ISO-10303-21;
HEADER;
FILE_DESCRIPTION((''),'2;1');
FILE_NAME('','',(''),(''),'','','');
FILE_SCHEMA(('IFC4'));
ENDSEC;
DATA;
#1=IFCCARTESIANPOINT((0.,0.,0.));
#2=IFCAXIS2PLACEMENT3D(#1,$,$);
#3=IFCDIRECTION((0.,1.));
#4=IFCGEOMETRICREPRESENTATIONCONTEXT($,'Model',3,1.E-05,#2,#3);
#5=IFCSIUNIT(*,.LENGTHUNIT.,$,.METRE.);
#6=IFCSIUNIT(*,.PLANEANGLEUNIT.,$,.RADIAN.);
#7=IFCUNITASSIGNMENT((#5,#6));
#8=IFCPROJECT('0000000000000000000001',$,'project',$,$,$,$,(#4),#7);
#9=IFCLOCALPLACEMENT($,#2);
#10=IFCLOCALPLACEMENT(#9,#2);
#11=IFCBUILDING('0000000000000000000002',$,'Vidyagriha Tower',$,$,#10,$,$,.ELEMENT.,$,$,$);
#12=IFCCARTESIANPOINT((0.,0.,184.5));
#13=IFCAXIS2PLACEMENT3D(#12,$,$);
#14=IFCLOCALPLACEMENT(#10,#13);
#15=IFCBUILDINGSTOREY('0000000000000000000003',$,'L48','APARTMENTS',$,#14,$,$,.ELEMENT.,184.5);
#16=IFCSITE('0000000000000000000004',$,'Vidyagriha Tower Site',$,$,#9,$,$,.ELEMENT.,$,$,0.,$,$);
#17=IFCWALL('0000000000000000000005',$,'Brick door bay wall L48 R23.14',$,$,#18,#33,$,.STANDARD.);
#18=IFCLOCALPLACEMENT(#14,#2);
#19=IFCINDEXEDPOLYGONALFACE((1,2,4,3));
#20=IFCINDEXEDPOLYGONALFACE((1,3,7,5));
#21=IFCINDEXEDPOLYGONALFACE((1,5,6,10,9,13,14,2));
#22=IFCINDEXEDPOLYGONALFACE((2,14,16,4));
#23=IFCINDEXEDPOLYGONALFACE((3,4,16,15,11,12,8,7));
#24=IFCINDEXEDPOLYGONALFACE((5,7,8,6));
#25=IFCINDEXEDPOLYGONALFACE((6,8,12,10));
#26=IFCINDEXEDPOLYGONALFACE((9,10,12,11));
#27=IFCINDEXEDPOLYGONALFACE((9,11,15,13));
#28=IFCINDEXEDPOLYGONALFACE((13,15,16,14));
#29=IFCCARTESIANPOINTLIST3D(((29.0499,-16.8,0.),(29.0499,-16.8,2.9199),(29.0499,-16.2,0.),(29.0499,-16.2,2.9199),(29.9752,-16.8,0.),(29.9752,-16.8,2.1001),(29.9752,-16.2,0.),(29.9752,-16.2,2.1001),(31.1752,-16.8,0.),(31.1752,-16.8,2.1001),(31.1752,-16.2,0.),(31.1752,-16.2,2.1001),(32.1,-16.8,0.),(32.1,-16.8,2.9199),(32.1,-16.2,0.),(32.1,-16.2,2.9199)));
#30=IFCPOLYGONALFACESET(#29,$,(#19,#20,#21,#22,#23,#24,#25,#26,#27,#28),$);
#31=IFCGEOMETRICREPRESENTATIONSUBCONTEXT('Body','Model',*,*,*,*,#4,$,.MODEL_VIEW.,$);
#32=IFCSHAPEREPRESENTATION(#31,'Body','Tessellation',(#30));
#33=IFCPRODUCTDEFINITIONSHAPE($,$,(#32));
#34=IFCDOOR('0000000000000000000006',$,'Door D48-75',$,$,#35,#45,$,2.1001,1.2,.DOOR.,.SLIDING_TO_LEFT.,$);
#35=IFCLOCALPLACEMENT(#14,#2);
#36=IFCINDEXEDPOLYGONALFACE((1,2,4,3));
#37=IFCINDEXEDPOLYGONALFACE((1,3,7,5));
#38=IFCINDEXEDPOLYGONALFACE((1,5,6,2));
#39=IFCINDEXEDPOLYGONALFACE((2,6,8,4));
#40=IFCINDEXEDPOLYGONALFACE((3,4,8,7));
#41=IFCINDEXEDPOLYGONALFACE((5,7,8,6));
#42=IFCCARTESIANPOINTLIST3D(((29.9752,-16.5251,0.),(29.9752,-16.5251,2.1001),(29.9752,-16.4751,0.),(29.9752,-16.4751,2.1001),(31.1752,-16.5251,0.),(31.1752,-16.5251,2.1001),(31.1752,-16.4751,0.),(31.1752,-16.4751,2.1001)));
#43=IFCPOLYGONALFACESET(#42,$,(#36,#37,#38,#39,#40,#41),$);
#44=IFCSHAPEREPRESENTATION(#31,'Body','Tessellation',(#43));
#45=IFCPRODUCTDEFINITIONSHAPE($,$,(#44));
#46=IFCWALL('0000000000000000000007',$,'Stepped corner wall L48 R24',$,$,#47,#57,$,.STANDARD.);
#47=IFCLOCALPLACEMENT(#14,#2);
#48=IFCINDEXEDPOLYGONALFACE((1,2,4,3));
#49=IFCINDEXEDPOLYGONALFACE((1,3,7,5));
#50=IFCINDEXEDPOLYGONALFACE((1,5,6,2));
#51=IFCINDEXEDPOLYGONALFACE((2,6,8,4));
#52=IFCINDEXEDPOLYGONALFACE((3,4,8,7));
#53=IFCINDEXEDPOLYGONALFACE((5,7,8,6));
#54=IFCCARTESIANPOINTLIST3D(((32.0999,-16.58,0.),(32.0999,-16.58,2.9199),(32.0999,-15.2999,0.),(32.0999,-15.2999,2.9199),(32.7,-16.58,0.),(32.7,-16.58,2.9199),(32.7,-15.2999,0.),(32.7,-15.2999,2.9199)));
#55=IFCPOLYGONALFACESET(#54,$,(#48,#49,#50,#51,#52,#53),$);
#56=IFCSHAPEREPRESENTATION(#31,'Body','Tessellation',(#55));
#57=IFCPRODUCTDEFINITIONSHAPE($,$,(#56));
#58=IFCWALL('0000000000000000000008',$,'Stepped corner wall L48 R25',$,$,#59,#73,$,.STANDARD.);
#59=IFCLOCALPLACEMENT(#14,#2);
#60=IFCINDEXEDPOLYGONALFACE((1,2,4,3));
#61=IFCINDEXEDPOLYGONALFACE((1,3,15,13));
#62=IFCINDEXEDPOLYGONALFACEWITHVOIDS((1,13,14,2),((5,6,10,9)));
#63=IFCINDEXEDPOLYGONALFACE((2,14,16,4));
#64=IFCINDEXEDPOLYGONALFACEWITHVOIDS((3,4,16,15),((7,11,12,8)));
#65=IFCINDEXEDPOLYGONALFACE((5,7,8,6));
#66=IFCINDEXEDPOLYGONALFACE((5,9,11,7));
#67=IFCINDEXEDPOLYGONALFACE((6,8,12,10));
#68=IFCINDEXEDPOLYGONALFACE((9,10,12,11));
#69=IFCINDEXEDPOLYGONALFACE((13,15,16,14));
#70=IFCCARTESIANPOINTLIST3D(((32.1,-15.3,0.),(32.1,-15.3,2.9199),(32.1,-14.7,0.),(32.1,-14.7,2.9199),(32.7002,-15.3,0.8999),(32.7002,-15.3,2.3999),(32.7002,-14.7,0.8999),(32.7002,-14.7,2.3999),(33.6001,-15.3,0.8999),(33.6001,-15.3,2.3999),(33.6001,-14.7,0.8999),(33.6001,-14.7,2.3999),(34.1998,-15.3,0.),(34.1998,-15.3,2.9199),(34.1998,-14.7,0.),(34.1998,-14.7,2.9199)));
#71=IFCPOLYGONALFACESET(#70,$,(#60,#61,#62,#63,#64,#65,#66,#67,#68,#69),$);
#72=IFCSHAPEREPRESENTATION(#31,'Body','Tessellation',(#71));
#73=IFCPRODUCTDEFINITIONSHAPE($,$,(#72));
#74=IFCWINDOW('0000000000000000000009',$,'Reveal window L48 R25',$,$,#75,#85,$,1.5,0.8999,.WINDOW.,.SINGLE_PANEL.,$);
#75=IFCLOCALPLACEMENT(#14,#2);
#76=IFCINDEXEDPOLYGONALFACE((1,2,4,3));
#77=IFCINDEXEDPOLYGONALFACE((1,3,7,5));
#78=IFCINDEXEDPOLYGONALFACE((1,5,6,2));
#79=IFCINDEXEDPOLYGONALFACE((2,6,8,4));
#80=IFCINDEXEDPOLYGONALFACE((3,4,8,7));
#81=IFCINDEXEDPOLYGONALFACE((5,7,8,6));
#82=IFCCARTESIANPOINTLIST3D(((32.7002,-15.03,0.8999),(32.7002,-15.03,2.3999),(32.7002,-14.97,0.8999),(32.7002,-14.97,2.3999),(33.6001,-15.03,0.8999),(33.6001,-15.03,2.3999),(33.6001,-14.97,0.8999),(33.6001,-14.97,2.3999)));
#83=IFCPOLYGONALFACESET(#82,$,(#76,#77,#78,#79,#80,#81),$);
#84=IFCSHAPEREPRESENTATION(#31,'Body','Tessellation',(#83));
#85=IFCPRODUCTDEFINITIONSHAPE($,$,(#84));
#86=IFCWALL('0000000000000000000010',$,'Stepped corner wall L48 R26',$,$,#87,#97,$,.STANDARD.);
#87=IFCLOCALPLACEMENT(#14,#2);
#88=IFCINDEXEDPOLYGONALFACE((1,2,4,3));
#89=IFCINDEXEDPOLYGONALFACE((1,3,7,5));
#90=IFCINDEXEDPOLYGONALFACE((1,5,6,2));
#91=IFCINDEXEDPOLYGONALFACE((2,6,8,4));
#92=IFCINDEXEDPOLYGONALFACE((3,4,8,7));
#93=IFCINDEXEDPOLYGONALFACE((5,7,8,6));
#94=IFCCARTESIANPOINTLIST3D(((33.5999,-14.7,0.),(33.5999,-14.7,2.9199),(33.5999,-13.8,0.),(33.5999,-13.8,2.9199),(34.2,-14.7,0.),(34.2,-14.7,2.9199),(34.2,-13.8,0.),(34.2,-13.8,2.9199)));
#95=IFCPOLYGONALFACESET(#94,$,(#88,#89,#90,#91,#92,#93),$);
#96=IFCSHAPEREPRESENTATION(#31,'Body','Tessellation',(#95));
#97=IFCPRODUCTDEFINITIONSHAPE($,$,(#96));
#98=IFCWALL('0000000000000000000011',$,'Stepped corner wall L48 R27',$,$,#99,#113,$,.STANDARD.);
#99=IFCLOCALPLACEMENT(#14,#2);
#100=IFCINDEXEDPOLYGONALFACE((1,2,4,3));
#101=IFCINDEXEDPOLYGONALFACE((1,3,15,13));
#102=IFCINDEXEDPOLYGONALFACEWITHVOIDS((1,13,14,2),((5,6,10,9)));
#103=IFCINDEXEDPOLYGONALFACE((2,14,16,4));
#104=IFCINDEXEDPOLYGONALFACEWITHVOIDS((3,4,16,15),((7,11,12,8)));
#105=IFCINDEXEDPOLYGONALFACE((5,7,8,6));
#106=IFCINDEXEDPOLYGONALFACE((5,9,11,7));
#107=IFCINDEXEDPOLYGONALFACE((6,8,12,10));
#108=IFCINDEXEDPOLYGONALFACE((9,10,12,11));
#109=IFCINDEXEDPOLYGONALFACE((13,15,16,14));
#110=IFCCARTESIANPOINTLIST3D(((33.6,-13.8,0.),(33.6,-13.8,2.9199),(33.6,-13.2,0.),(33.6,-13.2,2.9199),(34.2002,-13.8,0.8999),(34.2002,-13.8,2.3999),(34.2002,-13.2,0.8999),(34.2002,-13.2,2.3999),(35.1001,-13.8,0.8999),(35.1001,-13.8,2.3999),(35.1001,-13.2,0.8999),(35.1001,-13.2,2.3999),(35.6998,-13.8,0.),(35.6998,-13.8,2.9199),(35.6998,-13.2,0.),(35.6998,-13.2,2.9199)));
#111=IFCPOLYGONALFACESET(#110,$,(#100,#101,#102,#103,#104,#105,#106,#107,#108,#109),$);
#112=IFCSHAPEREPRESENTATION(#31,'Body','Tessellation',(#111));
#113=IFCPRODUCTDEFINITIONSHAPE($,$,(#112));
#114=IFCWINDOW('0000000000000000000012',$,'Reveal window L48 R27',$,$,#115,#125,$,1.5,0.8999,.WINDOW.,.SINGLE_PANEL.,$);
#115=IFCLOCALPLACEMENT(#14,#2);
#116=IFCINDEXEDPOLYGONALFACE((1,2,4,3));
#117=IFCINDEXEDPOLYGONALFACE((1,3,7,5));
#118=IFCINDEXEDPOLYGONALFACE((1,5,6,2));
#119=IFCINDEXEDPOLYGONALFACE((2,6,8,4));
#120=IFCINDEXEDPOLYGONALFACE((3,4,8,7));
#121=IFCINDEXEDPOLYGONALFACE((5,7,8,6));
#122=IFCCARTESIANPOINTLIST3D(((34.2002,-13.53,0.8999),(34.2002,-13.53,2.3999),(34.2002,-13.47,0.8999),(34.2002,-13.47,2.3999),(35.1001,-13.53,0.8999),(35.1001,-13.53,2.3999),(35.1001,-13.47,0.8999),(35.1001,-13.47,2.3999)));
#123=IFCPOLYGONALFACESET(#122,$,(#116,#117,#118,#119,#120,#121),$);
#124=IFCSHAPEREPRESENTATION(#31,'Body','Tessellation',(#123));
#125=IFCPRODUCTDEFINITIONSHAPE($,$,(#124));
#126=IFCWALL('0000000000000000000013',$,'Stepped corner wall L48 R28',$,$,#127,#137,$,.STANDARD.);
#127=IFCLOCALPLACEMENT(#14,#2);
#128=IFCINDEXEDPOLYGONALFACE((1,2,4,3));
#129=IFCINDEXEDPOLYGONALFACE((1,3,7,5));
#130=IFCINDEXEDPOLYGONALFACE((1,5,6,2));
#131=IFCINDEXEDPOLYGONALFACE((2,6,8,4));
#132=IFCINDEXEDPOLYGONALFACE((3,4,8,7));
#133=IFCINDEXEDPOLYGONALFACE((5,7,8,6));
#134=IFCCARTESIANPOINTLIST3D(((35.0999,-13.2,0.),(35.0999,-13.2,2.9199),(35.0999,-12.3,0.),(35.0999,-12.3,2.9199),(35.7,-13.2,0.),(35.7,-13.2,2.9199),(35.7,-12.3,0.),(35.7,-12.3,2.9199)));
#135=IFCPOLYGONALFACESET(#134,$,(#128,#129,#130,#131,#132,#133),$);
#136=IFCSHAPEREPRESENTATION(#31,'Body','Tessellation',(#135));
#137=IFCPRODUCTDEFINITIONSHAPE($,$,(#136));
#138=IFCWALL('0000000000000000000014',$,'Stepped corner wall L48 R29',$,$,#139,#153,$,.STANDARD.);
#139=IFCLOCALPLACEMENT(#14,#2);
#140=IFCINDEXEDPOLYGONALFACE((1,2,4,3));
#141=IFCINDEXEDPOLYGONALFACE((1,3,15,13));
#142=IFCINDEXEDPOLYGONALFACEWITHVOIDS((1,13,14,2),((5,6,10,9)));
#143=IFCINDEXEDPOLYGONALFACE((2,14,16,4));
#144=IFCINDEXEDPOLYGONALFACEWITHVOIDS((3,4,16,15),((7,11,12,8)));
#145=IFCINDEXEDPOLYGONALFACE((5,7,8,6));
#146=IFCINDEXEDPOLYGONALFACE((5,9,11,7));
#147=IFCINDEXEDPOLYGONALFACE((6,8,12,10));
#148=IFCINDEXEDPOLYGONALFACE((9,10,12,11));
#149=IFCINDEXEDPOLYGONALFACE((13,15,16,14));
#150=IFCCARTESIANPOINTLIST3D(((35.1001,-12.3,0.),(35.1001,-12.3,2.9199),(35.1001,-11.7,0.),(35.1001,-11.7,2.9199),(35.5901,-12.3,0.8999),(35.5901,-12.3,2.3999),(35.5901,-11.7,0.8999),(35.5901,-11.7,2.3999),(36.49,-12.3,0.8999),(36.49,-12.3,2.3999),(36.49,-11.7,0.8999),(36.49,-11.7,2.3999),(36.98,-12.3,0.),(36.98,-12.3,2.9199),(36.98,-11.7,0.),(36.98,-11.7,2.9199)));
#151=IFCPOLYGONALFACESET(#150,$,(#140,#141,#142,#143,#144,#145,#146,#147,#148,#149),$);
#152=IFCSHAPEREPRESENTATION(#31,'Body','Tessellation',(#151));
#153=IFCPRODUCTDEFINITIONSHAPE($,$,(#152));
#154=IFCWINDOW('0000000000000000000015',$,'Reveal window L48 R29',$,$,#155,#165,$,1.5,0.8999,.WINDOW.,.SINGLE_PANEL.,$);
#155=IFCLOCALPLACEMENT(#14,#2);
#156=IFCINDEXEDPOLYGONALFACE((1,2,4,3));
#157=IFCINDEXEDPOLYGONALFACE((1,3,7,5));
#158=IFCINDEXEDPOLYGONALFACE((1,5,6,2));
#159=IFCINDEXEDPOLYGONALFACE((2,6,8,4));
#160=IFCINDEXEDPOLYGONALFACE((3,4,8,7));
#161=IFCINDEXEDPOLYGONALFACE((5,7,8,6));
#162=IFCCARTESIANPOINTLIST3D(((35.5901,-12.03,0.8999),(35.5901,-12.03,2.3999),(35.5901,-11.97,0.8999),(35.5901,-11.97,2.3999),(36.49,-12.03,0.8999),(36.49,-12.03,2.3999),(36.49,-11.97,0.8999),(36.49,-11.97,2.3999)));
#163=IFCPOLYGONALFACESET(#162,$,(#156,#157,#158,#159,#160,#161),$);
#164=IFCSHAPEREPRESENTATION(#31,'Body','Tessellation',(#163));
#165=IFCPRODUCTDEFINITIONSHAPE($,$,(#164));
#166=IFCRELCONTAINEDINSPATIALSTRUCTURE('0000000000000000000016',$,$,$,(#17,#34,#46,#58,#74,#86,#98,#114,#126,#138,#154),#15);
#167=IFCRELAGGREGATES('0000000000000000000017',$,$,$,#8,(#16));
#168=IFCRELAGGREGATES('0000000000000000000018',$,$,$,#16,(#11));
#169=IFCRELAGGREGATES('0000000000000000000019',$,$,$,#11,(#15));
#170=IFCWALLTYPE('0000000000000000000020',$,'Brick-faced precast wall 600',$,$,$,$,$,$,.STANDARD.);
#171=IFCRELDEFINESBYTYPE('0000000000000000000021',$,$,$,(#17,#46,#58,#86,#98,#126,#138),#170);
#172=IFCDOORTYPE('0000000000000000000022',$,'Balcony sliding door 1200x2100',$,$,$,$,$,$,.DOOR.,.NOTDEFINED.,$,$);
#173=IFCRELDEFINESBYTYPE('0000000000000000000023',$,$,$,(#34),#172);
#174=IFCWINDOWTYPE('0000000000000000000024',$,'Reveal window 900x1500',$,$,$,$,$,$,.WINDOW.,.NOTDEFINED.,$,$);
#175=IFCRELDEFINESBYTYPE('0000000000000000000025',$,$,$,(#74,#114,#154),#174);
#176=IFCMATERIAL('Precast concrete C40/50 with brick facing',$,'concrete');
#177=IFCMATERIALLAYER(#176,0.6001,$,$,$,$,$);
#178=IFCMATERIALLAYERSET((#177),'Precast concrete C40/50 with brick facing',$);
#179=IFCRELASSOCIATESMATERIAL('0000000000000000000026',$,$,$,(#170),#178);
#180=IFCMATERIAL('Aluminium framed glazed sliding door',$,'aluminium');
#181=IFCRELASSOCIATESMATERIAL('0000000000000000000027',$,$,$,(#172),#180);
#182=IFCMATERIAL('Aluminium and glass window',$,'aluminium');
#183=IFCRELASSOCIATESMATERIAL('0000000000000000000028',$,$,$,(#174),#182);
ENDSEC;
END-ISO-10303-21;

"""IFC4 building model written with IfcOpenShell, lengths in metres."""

from ifc_helpers import new_model, si_unit, direction, frame, frame_2d, origin, place, context, subcontext, project, spatial, rectangle, extrude, material, layer, layer_set, type_object, element, fill, save


model = new_model("IFC4")

# Units and contexts
model_context = context("Model", 3, precision=1e-05, world=origin(), true_north=direction((0.0, 1.0)))
body_context = subcontext(model_context, "Body", "Model", "MODEL_VIEW")
ifc_project = project(units=[si_unit("LENGTHUNIT", "METRE"), si_unit("PLANEANGLEUNIT", "RADIAN")], contexts=[model_context])

# Site, building, storey
site_placement = place(None, origin())
site = spatial("IfcSite", under=ifc_project, at=site_placement, Name="Vidyagriha Tower Site", CompositionType="ELEMENT", RefElevation=0.0)
building_placement = place(site_placement, origin())
building = spatial("IfcBuilding", under=site, at=building_placement, Name="Vidyagriha Tower", CompositionType="ELEMENT")
storey_placement = place(building_placement, frame((0.0, 0.0, 184.5)))
storey = spatial("IfcBuildingStorey", under=building, at=storey_placement, Name="L48", Description="APARTMENTS", CompositionType="ELEMENT", Elevation=184.5)

# Wall, opening, door
ifc_material_1 = material(Name="Precast concrete C40/50 with brick facing", Category="concrete")
ifc_layer_1 = layer(ifc_material_1, 0.6001)
ifc_layer_set_1 = layer_set([ifc_layer_1], Name="Precast concrete C40/50 with brick facing")
wall_type = type_object("IfcWallType", Name="Brick-faced precast wall 600", PredefinedType="STANDARD", material=ifc_layer_set_1)
wall_1_placement = place(storey_placement, frame((29.05, -16.5, 0.0)))
wall_1 = element("IfcWall", 1, at=wall_1_placement, inside=storey, type_object=wall_type, Name="Brick door bay wall L48 R23.14", PredefinedType="STANDARD", context=body_context, shape_type="SweptSolid", body=[
    extrude(rectangle(XDim=3.05, YDim=0.6001, at=frame_2d((1.5249, 0.0))), origin(), (0.0, 0.0, 1.0), 2.9199),
])
opening_1_placement = place(wall_1_placement, frame((0.925, 0.0, 0.0)))
opening_1 = element("IfcOpeningElement", 2, at=opening_1_placement, cuts=wall_1, PredefinedType="OPENING", context=body_context, shape_type="SweptSolid", body=[
    extrude(rectangle(XDim=1.2, YDim=2.1001, at=frame_2d((0.6001, 1.05))), frame((0.0, 0.3101, 0.0), z_axis=(0.0, -1.0, 0.0), x_axis=(1.0, 0.0, 0.0)), (0.0, 0.0, 1.0), 0.6201),
])
ifc_material_2 = material(Name="Aluminium framed glazed sliding door", Category="aluminium")
door_type = type_object("IfcDoorType", Name="Balcony sliding door 1200x2100", OperationType="NOTDEFINED", PredefinedType="DOOR", material=ifc_material_2)
door_placement = place(opening_1_placement, origin())
door = element("IfcDoor", 3, at=door_placement, inside=storey, type_object=door_type, Name="Door D48-75", OperationType="SLIDING_TO_LEFT", OverallHeight=2.1001, OverallWidth=1.2, PredefinedType="DOOR", context=body_context, shape_type="SweptSolid", body=[
    extrude(rectangle(XDim=1.2, YDim=2.1001, at=frame_2d((0.6001, 1.05))), frame((0.0, 0.0249, 0.0), z_axis=(0.0, -1.0, 0.0), x_axis=(1.0, 0.0, 0.0)), (0.0, 0.0, 1.0), 0.05),
])
fill(opening_1, door)

# Wall
wall_2_placement = place(storey_placement, frame((32.3999, -16.5801, 0.0), z_axis=(0.0, 0.0, 1.0), x_axis=(0.0, 1.0, 0.0)))
element("IfcWall", 4, at=wall_2_placement, inside=storey, type_object=wall_type, Name="Stepped corner wall L48 R24", PredefinedType="STANDARD", context=body_context, shape_type="SweptSolid", body=[
    extrude(rectangle(XDim=1.28, YDim=0.6001, at=frame_2d((0.6401, 0.0))), origin(), (0.0, 0.0, 1.0), 2.9199),
])

# Wall, opening, window
wall_3_placement = place(storey_placement, frame((32.1001, -15.0, 0.0)))
wall_3 = element("IfcWall", 5, at=wall_3_placement, inside=storey, type_object=wall_type, Name="Stepped corner wall L48 R25", PredefinedType="STANDARD", context=body_context, shape_type="SweptSolid", body=[
    extrude(rectangle(XDim=2.0999, YDim=0.6001, at=frame_2d((1.0498, 0.0))), origin(), (0.0, 0.0, 1.0), 2.9199),
])
opening_2_placement = place(wall_3_placement, frame((0.6001, 0.0, 0.8999)))
opening_2 = element("IfcOpeningElement", 6, at=opening_2_placement, cuts=wall_3, PredefinedType="OPENING", context=body_context, shape_type="SweptSolid", body=[
    extrude(rectangle(XDim=0.8999, YDim=1.5, at=frame_2d((0.45, 0.75))), frame((0.0, 0.3101, 0.0), z_axis=(0.0, -1.0, 0.0), x_axis=(1.0, 0.0, 0.0)), (0.0, 0.0, 1.0), 0.6201),
])
ifc_material_3 = material(Name="Aluminium and glass window", Category="aluminium")
window_type = type_object("IfcWindowType", Name="Reveal window 900x1500", PartitioningType="NOTDEFINED", PredefinedType="WINDOW", material=ifc_material_3)
window_1_placement = place(opening_2_placement, origin())
window_1 = element("IfcWindow", 7, at=window_1_placement, inside=storey, type_object=window_type, Name="Reveal window L48 R25", OverallHeight=1.5, OverallWidth=0.8999, PartitioningType="SINGLE_PANEL", PredefinedType="WINDOW", context=body_context, shape_type="SweptSolid", body=[
    extrude(rectangle(XDim=0.8999, YDim=1.5, at=frame_2d((0.45, 0.75))), frame((0.0, 0.03, 0.0), z_axis=(0.0, -1.0, 0.0), x_axis=(1.0, 0.0, 0.0)), (0.0, 0.0, 1.0), 0.0601),
])
fill(opening_2, window_1)

# Wall
wall_4_placement = place(storey_placement, frame((33.8999, -14.7, 0.0), z_axis=(0.0, 0.0, 1.0), x_axis=(0.0, 1.0, 0.0)))
element("IfcWall", 8, at=wall_4_placement, inside=storey, type_object=wall_type, Name="Stepped corner wall L48 R26", PredefinedType="STANDARD", context=body_context, shape_type="SweptSolid", body=[
    extrude(rectangle(XDim=0.8999, YDim=0.6001, at=frame_2d((0.45, 0.0))), origin(), (0.0, 0.0, 1.0), 2.9199),
])

# Wall, opening, window
wall_5_placement = place(storey_placement, frame((33.6001, -13.5, 0.0)))
wall_5 = element("IfcWall", 9, at=wall_5_placement, inside=storey, type_object=wall_type, Name="Stepped corner wall L48 R27", PredefinedType="STANDARD", context=body_context, shape_type="SweptSolid", body=[
    extrude(rectangle(XDim=2.0999, YDim=0.6001, at=frame_2d((1.0498, 0.0))), origin(), (0.0, 0.0, 1.0), 2.9199),
])
opening_3_placement = place(wall_5_placement, frame((0.6001, 0.0, 0.8999)))
opening_3 = element("IfcOpeningElement", 10, at=opening_3_placement, cuts=wall_5, PredefinedType="OPENING", context=body_context, shape_type="SweptSolid", body=[
    extrude(rectangle(XDim=0.8999, YDim=1.5, at=frame_2d((0.45, 0.75))), frame((0.0, 0.3101, 0.0), z_axis=(0.0, -1.0, 0.0), x_axis=(1.0, 0.0, 0.0)), (0.0, 0.0, 1.0), 0.6201),
])
window_2_placement = place(opening_3_placement, origin())
window_2 = element("IfcWindow", 11, at=window_2_placement, inside=storey, type_object=window_type, Name="Reveal window L48 R27", OverallHeight=1.5, OverallWidth=0.8999, PartitioningType="SINGLE_PANEL", PredefinedType="WINDOW", context=body_context, shape_type="SweptSolid", body=[
    extrude(rectangle(XDim=0.8999, YDim=1.5, at=frame_2d((0.45, 0.75))), frame((0.0, 0.03, 0.0), z_axis=(0.0, -1.0, 0.0), x_axis=(1.0, 0.0, 0.0)), (0.0, 0.0, 1.0), 0.0601),
])
fill(opening_3, window_2)

# Wall
wall_6_placement = place(storey_placement, frame((35.3999, -13.2, 0.0), z_axis=(0.0, 0.0, 1.0), x_axis=(0.0, 1.0, 0.0)))
element("IfcWall", 12, at=wall_6_placement, inside=storey, type_object=wall_type, Name="Stepped corner wall L48 R28", PredefinedType="STANDARD", context=body_context, shape_type="SweptSolid", body=[
    extrude(rectangle(XDim=0.8999, YDim=0.6001, at=frame_2d((0.45, 0.0))), origin(), (0.0, 0.0, 1.0), 2.9199),
])

# Wall, opening, window
wall_7_placement = place(storey_placement, frame((35.1001, -12.0, 0.0)))
wall_7 = element("IfcWall", 13, at=wall_7_placement, inside=storey, type_object=wall_type, Name="Stepped corner wall L48 R29", PredefinedType="STANDARD", context=body_context, shape_type="SweptSolid", body=[
    extrude(rectangle(XDim=1.8799, YDim=0.6001, at=frame_2d((0.9399, 0.0))), origin(), (0.0, 0.0, 1.0), 2.9199),
])
opening_4_placement = place(wall_7_placement, frame((0.49, 0.0, 0.8999)))
opening_4 = element("IfcOpeningElement", 14, at=opening_4_placement, cuts=wall_7, PredefinedType="OPENING", context=body_context, shape_type="SweptSolid", body=[
    extrude(rectangle(XDim=0.8999, YDim=1.5, at=frame_2d((0.45, 0.75))), frame((0.0, 0.3101, 0.0), z_axis=(0.0, -1.0, 0.0), x_axis=(1.0, 0.0, 0.0)), (0.0, 0.0, 1.0), 0.6201),
])
window_3_placement = place(opening_4_placement, origin())
window_3 = element("IfcWindow", 15, at=window_3_placement, inside=storey, type_object=window_type, Name="Reveal window L48 R29", OverallHeight=1.5, OverallWidth=0.8999, PartitioningType="SINGLE_PANEL", PredefinedType="WINDOW", context=body_context, shape_type="SweptSolid", body=[
    extrude(rectangle(XDim=0.8999, YDim=1.5, at=frame_2d((0.45, 0.75))), frame((0.0, 0.03, 0.0), z_axis=(0.0, -1.0, 0.0), x_axis=(1.0, 0.0, 0.0)), (0.0, 0.0, 1.0), 0.0601),
])
fill(opening_4, window_3)

save(model, "model.ifc")
